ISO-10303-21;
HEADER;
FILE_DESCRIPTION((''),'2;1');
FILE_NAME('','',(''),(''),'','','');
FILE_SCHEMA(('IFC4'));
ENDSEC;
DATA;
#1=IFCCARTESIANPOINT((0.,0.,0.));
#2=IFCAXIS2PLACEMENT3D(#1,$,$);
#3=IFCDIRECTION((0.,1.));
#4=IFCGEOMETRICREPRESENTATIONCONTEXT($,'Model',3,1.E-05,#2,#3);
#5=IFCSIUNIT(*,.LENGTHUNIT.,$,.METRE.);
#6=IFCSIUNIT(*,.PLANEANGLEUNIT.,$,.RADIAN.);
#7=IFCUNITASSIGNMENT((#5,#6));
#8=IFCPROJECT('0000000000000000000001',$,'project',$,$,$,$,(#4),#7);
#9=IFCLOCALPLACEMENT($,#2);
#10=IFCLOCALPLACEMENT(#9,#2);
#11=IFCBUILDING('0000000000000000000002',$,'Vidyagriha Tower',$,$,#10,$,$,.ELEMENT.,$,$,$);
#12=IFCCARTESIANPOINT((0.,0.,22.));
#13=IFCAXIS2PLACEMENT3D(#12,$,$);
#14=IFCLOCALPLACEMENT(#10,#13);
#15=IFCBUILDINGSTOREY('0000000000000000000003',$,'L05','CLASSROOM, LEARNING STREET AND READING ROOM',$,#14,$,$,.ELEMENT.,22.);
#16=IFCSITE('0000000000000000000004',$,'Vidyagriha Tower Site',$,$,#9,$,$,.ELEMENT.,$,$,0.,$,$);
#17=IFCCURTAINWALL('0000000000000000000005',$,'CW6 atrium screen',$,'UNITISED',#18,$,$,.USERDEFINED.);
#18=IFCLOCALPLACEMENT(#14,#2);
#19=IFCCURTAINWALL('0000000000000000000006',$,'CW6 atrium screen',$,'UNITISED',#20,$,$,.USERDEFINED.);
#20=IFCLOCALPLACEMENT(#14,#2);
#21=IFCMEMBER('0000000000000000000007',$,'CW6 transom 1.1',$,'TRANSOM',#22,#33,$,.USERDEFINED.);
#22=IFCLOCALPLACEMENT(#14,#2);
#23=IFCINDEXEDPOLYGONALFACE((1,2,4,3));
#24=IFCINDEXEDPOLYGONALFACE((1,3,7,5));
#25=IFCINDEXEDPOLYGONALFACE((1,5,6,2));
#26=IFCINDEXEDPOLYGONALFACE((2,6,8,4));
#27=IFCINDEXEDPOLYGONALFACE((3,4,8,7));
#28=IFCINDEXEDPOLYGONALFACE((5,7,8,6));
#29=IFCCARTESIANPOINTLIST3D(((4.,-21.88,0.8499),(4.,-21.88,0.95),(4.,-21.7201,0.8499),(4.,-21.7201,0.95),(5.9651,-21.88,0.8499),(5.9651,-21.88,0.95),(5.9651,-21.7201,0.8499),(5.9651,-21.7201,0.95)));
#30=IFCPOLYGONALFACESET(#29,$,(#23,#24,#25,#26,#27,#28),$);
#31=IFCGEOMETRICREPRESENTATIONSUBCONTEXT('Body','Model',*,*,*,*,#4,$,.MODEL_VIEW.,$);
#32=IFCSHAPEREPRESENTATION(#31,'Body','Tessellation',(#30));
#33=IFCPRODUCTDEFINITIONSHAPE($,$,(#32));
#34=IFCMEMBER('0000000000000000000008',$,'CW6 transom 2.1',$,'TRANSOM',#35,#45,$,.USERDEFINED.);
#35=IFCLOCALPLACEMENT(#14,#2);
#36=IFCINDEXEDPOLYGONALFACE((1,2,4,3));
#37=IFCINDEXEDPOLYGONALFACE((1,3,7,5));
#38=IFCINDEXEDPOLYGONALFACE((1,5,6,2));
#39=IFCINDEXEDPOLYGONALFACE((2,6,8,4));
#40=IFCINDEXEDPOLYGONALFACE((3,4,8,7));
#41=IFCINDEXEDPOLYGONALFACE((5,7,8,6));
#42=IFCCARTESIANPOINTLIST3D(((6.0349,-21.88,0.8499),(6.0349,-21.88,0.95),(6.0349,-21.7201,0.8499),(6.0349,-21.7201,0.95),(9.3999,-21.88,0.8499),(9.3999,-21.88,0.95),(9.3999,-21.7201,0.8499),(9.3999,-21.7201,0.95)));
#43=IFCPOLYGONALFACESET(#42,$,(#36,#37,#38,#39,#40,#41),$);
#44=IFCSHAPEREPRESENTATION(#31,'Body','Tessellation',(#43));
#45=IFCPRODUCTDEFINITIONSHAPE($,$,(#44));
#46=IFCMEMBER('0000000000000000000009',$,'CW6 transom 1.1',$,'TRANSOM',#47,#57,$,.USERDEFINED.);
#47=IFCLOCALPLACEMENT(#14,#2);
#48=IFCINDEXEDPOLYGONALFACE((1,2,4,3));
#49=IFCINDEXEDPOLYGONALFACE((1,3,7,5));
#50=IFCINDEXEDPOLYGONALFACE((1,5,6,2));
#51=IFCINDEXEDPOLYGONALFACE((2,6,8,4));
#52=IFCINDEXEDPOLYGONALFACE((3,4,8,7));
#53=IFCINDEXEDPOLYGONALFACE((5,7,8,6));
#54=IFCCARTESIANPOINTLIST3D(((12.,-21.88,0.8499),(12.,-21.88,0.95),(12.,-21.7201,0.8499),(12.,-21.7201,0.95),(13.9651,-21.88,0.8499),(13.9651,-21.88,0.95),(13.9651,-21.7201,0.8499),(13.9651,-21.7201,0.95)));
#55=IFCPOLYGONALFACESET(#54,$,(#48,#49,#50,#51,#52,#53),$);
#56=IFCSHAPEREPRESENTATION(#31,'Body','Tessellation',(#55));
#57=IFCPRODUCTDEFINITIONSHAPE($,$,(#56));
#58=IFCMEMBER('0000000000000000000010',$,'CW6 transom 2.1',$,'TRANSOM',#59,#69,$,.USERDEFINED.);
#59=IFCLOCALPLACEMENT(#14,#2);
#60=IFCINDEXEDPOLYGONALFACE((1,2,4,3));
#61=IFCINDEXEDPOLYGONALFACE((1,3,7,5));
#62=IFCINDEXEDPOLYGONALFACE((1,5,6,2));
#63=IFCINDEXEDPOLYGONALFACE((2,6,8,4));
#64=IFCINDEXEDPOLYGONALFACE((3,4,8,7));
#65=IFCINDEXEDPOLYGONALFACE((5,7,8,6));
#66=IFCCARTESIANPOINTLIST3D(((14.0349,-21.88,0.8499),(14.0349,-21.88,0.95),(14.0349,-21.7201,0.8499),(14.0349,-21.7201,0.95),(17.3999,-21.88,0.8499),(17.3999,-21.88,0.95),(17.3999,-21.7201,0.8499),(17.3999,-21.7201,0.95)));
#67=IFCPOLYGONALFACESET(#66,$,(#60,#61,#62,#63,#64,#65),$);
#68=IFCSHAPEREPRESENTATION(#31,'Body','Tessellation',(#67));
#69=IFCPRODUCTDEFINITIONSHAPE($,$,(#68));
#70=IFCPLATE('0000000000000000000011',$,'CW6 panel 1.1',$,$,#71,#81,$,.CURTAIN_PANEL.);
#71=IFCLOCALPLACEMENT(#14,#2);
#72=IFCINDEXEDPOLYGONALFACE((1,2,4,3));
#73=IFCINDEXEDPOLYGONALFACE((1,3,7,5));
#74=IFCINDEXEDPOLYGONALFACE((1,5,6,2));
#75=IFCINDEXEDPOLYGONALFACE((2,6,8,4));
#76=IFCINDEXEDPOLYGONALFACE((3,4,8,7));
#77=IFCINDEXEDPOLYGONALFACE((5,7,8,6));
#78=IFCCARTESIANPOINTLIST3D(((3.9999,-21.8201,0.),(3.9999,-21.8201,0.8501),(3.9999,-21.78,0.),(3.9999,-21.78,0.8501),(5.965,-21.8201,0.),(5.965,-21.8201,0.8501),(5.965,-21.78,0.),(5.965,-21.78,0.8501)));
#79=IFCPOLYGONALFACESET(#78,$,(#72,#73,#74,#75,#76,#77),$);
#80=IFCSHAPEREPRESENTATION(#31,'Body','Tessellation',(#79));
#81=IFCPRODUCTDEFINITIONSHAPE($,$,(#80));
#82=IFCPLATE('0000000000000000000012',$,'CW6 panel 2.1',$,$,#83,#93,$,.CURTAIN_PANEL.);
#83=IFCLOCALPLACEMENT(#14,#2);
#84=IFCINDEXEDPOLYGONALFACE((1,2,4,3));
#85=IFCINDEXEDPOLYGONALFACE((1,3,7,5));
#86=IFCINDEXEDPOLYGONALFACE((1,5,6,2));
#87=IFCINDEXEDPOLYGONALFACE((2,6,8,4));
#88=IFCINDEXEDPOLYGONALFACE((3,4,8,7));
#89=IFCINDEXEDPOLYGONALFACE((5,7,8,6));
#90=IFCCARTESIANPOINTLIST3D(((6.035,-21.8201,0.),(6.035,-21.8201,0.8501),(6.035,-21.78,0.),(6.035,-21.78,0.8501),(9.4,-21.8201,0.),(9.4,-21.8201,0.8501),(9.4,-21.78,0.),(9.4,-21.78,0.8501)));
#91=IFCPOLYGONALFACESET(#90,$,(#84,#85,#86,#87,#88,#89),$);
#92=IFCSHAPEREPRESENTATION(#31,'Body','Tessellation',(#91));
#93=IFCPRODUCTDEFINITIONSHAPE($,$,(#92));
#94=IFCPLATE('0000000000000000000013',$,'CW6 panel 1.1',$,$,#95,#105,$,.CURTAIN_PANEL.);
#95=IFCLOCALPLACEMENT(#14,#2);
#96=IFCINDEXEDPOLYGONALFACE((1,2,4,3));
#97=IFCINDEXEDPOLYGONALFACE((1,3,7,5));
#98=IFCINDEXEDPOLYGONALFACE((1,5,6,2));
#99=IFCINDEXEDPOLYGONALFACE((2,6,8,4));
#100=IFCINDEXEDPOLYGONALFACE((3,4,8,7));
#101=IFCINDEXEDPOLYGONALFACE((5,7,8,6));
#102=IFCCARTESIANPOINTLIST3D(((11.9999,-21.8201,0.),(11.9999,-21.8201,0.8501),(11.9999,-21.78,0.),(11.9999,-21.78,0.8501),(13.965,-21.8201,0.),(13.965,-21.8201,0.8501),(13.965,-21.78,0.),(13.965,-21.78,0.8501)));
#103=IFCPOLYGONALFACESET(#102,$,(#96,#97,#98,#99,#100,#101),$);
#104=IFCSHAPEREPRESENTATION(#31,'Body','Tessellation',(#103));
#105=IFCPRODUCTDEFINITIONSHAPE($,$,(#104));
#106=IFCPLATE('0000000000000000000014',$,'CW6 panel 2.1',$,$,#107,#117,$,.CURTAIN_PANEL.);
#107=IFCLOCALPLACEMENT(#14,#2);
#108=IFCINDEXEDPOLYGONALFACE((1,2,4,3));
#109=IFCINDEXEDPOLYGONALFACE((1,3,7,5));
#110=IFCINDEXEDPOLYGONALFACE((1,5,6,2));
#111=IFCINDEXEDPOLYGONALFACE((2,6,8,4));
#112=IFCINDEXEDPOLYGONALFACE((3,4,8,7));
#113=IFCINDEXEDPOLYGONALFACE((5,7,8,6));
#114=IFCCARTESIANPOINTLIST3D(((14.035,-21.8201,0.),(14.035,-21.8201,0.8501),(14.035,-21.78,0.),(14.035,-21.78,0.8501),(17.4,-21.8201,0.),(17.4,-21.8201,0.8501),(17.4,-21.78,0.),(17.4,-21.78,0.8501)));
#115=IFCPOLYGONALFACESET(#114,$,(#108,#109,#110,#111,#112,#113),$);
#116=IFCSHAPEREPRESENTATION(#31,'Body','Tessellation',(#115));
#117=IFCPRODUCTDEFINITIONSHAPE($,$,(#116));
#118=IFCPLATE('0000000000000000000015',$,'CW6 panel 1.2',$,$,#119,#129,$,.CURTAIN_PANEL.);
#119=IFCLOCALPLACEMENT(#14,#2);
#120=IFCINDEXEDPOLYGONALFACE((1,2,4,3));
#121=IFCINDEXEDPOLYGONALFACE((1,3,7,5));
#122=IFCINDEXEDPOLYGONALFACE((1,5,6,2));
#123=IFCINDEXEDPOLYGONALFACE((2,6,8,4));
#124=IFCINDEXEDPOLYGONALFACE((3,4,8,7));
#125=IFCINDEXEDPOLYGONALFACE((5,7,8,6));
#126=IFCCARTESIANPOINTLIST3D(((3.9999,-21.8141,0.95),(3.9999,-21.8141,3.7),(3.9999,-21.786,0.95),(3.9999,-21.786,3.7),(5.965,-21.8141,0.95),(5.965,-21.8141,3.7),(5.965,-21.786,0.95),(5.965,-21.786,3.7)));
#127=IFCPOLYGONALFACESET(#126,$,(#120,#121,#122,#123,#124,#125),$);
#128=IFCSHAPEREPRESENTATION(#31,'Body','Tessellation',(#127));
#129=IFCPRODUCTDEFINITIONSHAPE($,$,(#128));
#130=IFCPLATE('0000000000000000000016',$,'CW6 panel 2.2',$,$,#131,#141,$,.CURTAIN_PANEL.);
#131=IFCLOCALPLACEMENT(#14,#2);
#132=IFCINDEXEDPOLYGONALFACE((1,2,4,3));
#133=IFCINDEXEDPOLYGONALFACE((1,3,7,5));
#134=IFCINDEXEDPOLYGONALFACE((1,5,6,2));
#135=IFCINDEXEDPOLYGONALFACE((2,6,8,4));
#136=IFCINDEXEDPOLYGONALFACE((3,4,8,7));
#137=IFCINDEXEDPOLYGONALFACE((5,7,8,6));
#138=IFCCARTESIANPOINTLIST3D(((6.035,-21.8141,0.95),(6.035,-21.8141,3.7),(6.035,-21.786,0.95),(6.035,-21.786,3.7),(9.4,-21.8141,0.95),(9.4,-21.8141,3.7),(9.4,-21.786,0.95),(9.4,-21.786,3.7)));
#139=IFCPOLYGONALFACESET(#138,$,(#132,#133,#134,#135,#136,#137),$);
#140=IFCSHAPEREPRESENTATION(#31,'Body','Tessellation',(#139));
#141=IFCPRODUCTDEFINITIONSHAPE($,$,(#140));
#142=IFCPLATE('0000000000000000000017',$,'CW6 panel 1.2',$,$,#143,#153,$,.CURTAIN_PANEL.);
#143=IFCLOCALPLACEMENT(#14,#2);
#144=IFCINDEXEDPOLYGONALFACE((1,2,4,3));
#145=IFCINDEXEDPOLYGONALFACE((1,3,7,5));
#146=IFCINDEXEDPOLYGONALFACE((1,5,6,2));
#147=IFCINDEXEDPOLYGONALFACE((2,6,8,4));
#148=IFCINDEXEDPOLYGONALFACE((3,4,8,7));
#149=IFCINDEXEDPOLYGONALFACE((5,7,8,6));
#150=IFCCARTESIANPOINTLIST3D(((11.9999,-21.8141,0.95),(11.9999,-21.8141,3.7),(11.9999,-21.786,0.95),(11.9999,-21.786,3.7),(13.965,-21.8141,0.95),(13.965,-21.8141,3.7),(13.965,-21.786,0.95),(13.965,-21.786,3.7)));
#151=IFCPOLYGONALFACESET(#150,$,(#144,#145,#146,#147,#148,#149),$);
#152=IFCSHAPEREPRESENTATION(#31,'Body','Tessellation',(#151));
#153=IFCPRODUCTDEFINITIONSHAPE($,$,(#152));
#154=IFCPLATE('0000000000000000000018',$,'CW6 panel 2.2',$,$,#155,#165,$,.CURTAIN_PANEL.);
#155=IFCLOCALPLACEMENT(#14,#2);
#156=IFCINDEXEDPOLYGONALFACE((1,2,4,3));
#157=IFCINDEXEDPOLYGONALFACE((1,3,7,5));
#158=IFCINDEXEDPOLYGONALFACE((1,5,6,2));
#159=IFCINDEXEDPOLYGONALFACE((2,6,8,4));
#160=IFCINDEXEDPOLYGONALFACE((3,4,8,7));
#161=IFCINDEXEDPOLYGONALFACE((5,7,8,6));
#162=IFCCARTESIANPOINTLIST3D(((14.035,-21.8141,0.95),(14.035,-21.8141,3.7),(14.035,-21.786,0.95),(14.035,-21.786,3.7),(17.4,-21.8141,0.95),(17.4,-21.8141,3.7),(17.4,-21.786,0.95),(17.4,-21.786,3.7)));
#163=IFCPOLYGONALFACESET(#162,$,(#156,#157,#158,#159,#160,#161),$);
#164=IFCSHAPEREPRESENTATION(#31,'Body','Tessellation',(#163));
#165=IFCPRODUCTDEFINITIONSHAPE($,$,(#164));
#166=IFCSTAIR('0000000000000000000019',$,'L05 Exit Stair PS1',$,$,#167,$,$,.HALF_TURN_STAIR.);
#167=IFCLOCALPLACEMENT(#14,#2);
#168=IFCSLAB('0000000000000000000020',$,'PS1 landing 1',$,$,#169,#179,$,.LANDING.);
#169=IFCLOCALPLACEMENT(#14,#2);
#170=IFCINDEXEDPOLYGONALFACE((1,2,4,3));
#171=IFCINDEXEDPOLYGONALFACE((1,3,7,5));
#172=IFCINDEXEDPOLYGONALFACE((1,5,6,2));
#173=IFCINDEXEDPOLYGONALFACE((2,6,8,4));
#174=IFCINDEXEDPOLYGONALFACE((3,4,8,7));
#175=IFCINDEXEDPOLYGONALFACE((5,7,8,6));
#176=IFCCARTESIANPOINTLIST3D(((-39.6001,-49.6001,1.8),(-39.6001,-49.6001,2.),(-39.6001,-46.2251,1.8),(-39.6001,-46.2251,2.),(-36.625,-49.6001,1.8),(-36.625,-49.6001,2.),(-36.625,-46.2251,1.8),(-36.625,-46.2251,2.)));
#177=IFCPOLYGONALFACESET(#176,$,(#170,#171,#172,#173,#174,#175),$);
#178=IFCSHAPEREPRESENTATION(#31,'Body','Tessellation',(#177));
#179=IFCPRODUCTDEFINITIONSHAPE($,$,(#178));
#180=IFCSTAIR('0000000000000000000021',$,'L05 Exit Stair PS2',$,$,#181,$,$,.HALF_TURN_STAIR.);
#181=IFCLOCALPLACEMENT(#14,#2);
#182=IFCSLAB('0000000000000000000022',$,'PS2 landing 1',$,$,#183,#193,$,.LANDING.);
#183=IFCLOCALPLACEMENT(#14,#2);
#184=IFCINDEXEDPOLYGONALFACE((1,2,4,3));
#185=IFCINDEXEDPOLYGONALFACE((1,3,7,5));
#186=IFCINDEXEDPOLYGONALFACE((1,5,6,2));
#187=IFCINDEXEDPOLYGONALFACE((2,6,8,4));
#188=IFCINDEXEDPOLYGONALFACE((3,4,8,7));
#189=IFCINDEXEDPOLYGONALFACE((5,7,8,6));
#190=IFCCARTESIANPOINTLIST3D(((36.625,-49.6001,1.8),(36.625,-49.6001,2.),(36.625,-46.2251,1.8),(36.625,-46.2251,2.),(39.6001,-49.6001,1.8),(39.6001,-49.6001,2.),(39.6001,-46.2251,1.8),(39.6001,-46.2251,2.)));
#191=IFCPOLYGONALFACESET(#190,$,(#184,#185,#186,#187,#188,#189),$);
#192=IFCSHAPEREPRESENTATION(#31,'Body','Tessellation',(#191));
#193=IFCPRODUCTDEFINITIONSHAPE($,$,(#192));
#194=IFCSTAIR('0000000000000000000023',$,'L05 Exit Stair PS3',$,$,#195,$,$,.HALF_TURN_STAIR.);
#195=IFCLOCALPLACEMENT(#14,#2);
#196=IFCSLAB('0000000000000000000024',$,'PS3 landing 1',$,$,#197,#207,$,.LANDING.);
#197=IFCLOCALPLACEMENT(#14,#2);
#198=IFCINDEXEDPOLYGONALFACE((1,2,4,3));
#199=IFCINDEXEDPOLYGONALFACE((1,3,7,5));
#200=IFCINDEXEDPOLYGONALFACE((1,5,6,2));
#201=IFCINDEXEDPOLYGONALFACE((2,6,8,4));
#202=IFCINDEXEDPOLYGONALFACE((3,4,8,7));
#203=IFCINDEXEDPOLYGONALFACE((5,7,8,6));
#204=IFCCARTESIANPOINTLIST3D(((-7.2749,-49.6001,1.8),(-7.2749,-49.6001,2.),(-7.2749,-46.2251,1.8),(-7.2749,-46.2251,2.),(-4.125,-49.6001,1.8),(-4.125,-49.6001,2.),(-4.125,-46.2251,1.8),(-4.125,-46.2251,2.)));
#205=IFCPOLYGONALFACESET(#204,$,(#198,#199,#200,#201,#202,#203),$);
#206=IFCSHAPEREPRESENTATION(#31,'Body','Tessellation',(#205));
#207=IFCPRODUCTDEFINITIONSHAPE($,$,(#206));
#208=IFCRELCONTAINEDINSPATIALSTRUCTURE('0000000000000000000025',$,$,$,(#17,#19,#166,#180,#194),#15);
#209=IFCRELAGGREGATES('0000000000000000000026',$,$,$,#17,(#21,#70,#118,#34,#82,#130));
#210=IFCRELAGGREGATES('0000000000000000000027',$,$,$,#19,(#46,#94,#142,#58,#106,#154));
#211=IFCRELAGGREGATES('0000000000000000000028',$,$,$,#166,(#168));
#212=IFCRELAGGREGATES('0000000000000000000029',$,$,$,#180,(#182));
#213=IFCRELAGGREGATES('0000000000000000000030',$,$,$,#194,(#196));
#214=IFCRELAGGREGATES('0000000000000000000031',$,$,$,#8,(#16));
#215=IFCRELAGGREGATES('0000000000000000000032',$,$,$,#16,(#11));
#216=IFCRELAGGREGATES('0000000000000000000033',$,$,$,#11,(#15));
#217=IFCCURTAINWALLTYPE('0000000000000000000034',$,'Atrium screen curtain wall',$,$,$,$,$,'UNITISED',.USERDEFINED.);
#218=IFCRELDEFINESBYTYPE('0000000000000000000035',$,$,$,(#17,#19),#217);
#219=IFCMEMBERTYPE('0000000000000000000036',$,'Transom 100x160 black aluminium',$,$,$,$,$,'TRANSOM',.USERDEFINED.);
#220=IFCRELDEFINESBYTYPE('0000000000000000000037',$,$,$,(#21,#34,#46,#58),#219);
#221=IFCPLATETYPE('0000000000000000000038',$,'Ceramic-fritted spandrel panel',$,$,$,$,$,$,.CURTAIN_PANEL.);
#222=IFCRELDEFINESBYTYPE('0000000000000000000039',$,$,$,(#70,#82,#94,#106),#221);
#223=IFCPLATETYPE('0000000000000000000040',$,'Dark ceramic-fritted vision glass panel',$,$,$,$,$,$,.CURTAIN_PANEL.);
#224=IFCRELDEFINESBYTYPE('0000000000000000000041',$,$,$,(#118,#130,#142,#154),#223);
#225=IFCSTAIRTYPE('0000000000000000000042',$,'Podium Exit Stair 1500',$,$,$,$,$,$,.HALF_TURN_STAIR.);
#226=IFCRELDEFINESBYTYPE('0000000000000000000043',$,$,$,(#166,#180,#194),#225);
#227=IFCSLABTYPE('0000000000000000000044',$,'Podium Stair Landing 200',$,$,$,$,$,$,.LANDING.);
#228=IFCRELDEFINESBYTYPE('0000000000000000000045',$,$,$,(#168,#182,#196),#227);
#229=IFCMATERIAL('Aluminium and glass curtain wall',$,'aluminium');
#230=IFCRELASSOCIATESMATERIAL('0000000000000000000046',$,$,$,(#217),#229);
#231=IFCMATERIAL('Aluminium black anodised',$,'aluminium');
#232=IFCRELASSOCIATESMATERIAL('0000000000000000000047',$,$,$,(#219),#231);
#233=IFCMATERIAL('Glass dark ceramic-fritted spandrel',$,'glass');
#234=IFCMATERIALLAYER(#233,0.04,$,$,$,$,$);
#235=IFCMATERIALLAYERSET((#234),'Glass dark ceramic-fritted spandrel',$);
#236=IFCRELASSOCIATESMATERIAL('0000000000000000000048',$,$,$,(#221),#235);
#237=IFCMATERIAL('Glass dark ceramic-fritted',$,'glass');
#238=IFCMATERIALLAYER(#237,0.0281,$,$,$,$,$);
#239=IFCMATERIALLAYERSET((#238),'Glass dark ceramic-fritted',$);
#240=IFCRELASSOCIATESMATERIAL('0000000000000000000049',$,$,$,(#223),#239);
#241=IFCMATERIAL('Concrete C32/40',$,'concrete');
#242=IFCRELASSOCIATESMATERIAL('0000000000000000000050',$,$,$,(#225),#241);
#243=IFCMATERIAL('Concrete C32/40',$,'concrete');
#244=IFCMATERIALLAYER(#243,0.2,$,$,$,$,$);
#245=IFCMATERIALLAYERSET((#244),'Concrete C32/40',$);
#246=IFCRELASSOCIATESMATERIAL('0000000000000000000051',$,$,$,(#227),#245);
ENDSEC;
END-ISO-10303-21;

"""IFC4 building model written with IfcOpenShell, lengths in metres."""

from ifc_helpers import new_model, si_unit, direction, frame, origin, origin_2d, place, context, subcontext, project, spatial, polyline, rectangle, outline, extrude, material, layer, layer_set, material_profile, profile_set, type_object, element, aggregate, save


model = new_model("IFC4")

# Units and contexts
model_context = context("Model", 3, precision=1e-05, world=origin(), true_north=direction((0.0, 1.0)))
body_context = subcontext(model_context, "Body", "Model", "MODEL_VIEW")
ifc_project = project(units=[si_unit("LENGTHUNIT", "METRE"), si_unit("PLANEANGLEUNIT", "RADIAN")], contexts=[model_context])

# Site, building, storey
site_placement = place(None, origin())
site = spatial("IfcSite", under=ifc_project, at=site_placement, Name="Vidyagriha Tower Site", CompositionType="ELEMENT", RefElevation=0.0)
building_placement = place(site_placement, origin())
building = spatial("IfcBuilding", under=site, at=building_placement, Name="Vidyagriha Tower", CompositionType="ELEMENT")
storey_placement = place(building_placement, frame((0.0, 0.0, 22.0)))
storey = spatial("IfcBuildingStorey", under=building, at=storey_placement, Name="L05", Description="CLASSROOM, LEARNING STREET AND READING ROOM", CompositionType="ELEMENT", Elevation=22.0)

# Curtain wall
ifc_material_1 = material(Name="Aluminium and glass curtain wall", Category="aluminium")
curtain_wall_type = type_object("IfcCurtainWallType", Name="Atrium screen curtain wall", ElementType="UNITISED", PredefinedType="USERDEFINED", material=ifc_material_1)
curtain_wall_1_placement = place(storey_placement, origin())
curtain_wall_1 = element("IfcCurtainWall", 1, at=curtain_wall_1_placement, inside=storey, type_object=curtain_wall_type, Name="CW6 atrium screen", ObjectType="UNITISED", PredefinedType="USERDEFINED")

# Curtain wall
curtain_wall_2_placement = place(storey_placement, origin())
curtain_wall_2 = element("IfcCurtainWall", 2, at=curtain_wall_2_placement, inside=storey, type_object=curtain_wall_type, Name="CW6 atrium screen", ObjectType="UNITISED", PredefinedType="USERDEFINED")

# Members
ifc_material_2 = material(Name="Aluminium black anodised", Category="aluminium")
ifc_material_profile_1 = material_profile(ifc_material_2, rectangle(XDim=0.1599, YDim=0.1001, at=origin_2d()), Name="Transom 100x160 black aluminium")
ifc_profile_set_1 = profile_set([ifc_material_profile_1], Name="Aluminium black anodised")
member_type_1 = type_object("IfcMemberType", Name="Transom 100x160 black aluminium", ElementType="TRANSOM", PredefinedType="USERDEFINED", material=ifc_profile_set_1)
member_1_placement = place(storey_placement, frame((4.0, -21.8, 0.8999), z_axis=(1.0, 0.0, 0.0), x_axis=(0.0, 1.0, 0.0)))
member_1 = element("IfcMember", 3, at=member_1_placement, type_object=member_type_1, Name="CW6 transom 1.1", ObjectType="TRANSOM", PredefinedType="USERDEFINED", context=body_context, shape_type="SweptSolid", body=[
    extrude(rectangle(XDim=0.1599, YDim=0.1001, at=origin_2d()), origin(), (0.0, 0.0, 1.0), 1.9651),
])
member_2_placement = place(storey_placement, frame((6.0349, -21.8, 0.8999), z_axis=(1.0, 0.0, 0.0), x_axis=(0.0, 1.0, 0.0)))
member_2 = element("IfcMember", 4, at=member_2_placement, type_object=member_type_1, Name="CW6 transom 2.1", ObjectType="TRANSOM", PredefinedType="USERDEFINED", context=body_context, shape_type="SweptSolid", body=[
    extrude(rectangle(XDim=0.1599, YDim=0.1001, at=origin_2d()), origin(), (0.0, 0.0, 1.0), 3.365),
])
member_3_placement = place(storey_placement, frame((12.0, -21.8, 0.8999), z_axis=(1.0, 0.0, 0.0), x_axis=(0.0, 1.0, 0.0)))
member_3 = element("IfcMember", 5, at=member_3_placement, type_object=member_type_1, Name="CW6 transom 1.1", ObjectType="TRANSOM", PredefinedType="USERDEFINED", context=body_context, shape_type="SweptSolid", body=[
    extrude(rectangle(XDim=0.1599, YDim=0.1001, at=origin_2d()), origin(), (0.0, 0.0, 1.0), 1.9651),
])
member_4_placement = place(storey_placement, frame((14.0349, -21.8, 0.8999), z_axis=(1.0, 0.0, 0.0), x_axis=(0.0, 1.0, 0.0)))
member_4 = element("IfcMember", 6, at=member_4_placement, type_object=member_type_1, Name="CW6 transom 2.1", ObjectType="TRANSOM", PredefinedType="USERDEFINED", context=body_context, shape_type="SweptSolid", body=[
    extrude(rectangle(XDim=0.1599, YDim=0.1001, at=origin_2d()), origin(), (0.0, 0.0, 1.0), 3.365),
])

# Plates
ifc_material_3 = material(Name="Glass dark ceramic-fritted spandrel", Category="glass")
ifc_layer_1 = layer(ifc_material_3, 0.04)
ifc_layer_set_1 = layer_set([ifc_layer_1], Name="Glass dark ceramic-fritted spandrel")
plate_type_1 = type_object("IfcPlateType", Name="Ceramic-fritted spandrel panel", PredefinedType="CURTAIN_PANEL", material=ifc_layer_set_1)
plate_1_placement = place(storey_placement, frame((4.9824, -21.8, 0.0)))
plate_1 = element("IfcPlate", 7, at=plate_1_placement, type_object=plate_type_1, Name="CW6 panel 1.1", PredefinedType="CURTAIN_PANEL", context=body_context, shape_type="SweptSolid", body=[
    extrude(rectangle(XDim=1.9651, YDim=0.04, at=origin_2d()), origin(), (0.0, 0.0, 1.0), 0.8501),
])
plate_2_placement = place(storey_placement, frame((7.7175, -21.8, 0.0)))
plate_2 = element("IfcPlate", 8, at=plate_2_placement, type_object=plate_type_1, Name="CW6 panel 2.1", PredefinedType="CURTAIN_PANEL", context=body_context, shape_type="SweptSolid", body=[
    extrude(rectangle(XDim=3.365, YDim=0.04, at=origin_2d()), origin(), (0.0, 0.0, 1.0), 0.8501),
])
plate_3_placement = place(storey_placement, frame((12.9824, -21.8, 0.0)))
plate_3 = element("IfcPlate", 9, at=plate_3_placement, type_object=plate_type_1, Name="CW6 panel 1.1", PredefinedType="CURTAIN_PANEL", context=body_context, shape_type="SweptSolid", body=[
    extrude(rectangle(XDim=1.9651, YDim=0.04, at=origin_2d()), origin(), (0.0, 0.0, 1.0), 0.8501),
])
plate_4_placement = place(storey_placement, frame((15.7175, -21.8, 0.0)))
plate_4 = element("IfcPlate", 10, at=plate_4_placement, type_object=plate_type_1, Name="CW6 panel 2.1", PredefinedType="CURTAIN_PANEL", context=body_context, shape_type="SweptSolid", body=[
    extrude(rectangle(XDim=3.365, YDim=0.04, at=origin_2d()), origin(), (0.0, 0.0, 1.0), 0.8501),
])
ifc_material_4 = material(Name="Glass dark ceramic-fritted", Category="glass")
ifc_layer_2 = layer(ifc_material_4, 0.0281)
ifc_layer_set_2 = layer_set([ifc_layer_2], Name="Glass dark ceramic-fritted")
plate_type_2 = type_object("IfcPlateType", Name="Dark ceramic-fritted vision glass panel", PredefinedType="CURTAIN_PANEL", material=ifc_layer_set_2)
plate_5_placement = place(storey_placement, frame((4.9824, -21.8, 0.95)))
plate_5 = element("IfcPlate", 11, at=plate_5_placement, type_object=plate_type_2, Name="CW6 panel 1.2", PredefinedType="CURTAIN_PANEL", context=body_context, shape_type="SweptSolid", body=[
    extrude(rectangle(XDim=1.9651, YDim=0.0281, at=origin_2d()), origin(), (0.0, 0.0, 1.0), 2.75),
])
plate_6_placement = place(storey_placement, frame((7.7175, -21.8, 0.95)))
plate_6 = element("IfcPlate", 12, at=plate_6_placement, type_object=plate_type_2, Name="CW6 panel 2.2", PredefinedType="CURTAIN_PANEL", context=body_context, shape_type="SweptSolid", body=[
    extrude(rectangle(XDim=3.365, YDim=0.0281, at=origin_2d()), origin(), (0.0, 0.0, 1.0), 2.75),
])
aggregate(curtain_wall_1, [member_1, plate_1, plate_5, member_2, plate_2, plate_6])
plate_7_placement = place(storey_placement, frame((12.9824, -21.8, 0.95)))
plate_7 = element("IfcPlate", 13, at=plate_7_placement, type_object=plate_type_2, Name="CW6 panel 1.2", PredefinedType="CURTAIN_PANEL", context=body_context, shape_type="SweptSolid", body=[
    extrude(rectangle(XDim=1.9651, YDim=0.0281, at=origin_2d()), origin(), (0.0, 0.0, 1.0), 2.75),
])
plate_8_placement = place(storey_placement, frame((15.7175, -21.8, 0.95)))
plate_8 = element("IfcPlate", 14, at=plate_8_placement, type_object=plate_type_2, Name="CW6 panel 2.2", PredefinedType="CURTAIN_PANEL", context=body_context, shape_type="SweptSolid", body=[
    extrude(rectangle(XDim=3.365, YDim=0.0281, at=origin_2d()), origin(), (0.0, 0.0, 1.0), 2.75),
])
aggregate(curtain_wall_2, [member_3, plate_3, plate_7, member_4, plate_4, plate_8])

# Stairs, slabs
ifc_material_5 = material(Name="Concrete C32/40", Category="concrete")
stair_type = type_object("IfcStairType", Name="Podium Exit Stair 1500", PredefinedType="HALF_TURN_STAIR", material=ifc_material_5)
stair_1_placement = place(storey_placement, origin())
stair_1 = element("IfcStair", 15, at=stair_1_placement, inside=storey, type_object=stair_type, Name="L05 Exit Stair PS1", PredefinedType="HALF_TURN_STAIR")
ifc_material_6 = material(Name="Concrete C32/40", Category="concrete")
ifc_layer_3 = layer(ifc_material_6, 0.2)
ifc_layer_set_3 = layer_set([ifc_layer_3], Name="Concrete C32/40")
slab_type_1 = type_object("IfcSlabType", Name="Podium Stair Landing 200", PredefinedType="LANDING", material=ifc_layer_set_3)
slab_1_placement = place(storey_placement, frame((0.0, 0.0, 1.8)))
slab_1 = element("IfcSlab", 16, at=slab_1_placement, type_object=slab_type_1, Name="PS1 landing 1", PredefinedType="LANDING", context=body_context, shape_type="SweptSolid", body=[
    extrude(outline(polyline([(-36.625, -46.2251), (-39.6001, -46.2251), (-39.6001, -49.6001), (-36.625, -49.6001), (-36.625, -46.2251)])), origin(), (0.0, 0.0, 1.0), 0.2),
])
aggregate(stair_1, [slab_1])
stair_2_placement = place(storey_placement, origin())
stair_2 = element("IfcStair", 17, at=stair_2_placement, inside=storey, type_object=stair_type, Name="L05 Exit Stair PS2", PredefinedType="HALF_TURN_STAIR")
slab_2_placement = place(storey_placement, frame((0.0, 0.0, 1.8)))
slab_2 = element("IfcSlab", 18, at=slab_2_placement, type_object=slab_type_1, Name="PS2 landing 1", PredefinedType="LANDING", context=body_context, shape_type="SweptSolid", body=[
    extrude(outline(polyline([(36.625, -49.6001), (39.6001, -49.6001), (39.6001, -46.2251), (36.625, -46.2251), (36.625, -49.6001)])), origin(), (0.0, 0.0, 1.0), 0.2),
])
aggregate(stair_2, [slab_2])
stair_3_placement = place(storey_placement, origin())
stair_3 = element("IfcStair", 19, at=stair_3_placement, inside=storey, type_object=stair_type, Name="L05 Exit Stair PS3", PredefinedType="HALF_TURN_STAIR")
slab_3_placement = place(storey_placement, frame((0.0, 0.0, 1.8)))
slab_3 = element("IfcSlab", 20, at=slab_3_placement, type_object=slab_type_1, Name="PS3 landing 1", PredefinedType="LANDING", context=body_context, shape_type="SweptSolid", body=[
    extrude(outline(polyline([(-7.2749, -49.6001), (-4.125, -49.6001), (-4.125, -46.2251), (-7.2749, -46.2251), (-7.2749, -49.6001)])), origin(), (0.0, 0.0, 1.0), 0.2),
])
aggregate(stair_3, [slab_3])

save(model, "model.ifc")
